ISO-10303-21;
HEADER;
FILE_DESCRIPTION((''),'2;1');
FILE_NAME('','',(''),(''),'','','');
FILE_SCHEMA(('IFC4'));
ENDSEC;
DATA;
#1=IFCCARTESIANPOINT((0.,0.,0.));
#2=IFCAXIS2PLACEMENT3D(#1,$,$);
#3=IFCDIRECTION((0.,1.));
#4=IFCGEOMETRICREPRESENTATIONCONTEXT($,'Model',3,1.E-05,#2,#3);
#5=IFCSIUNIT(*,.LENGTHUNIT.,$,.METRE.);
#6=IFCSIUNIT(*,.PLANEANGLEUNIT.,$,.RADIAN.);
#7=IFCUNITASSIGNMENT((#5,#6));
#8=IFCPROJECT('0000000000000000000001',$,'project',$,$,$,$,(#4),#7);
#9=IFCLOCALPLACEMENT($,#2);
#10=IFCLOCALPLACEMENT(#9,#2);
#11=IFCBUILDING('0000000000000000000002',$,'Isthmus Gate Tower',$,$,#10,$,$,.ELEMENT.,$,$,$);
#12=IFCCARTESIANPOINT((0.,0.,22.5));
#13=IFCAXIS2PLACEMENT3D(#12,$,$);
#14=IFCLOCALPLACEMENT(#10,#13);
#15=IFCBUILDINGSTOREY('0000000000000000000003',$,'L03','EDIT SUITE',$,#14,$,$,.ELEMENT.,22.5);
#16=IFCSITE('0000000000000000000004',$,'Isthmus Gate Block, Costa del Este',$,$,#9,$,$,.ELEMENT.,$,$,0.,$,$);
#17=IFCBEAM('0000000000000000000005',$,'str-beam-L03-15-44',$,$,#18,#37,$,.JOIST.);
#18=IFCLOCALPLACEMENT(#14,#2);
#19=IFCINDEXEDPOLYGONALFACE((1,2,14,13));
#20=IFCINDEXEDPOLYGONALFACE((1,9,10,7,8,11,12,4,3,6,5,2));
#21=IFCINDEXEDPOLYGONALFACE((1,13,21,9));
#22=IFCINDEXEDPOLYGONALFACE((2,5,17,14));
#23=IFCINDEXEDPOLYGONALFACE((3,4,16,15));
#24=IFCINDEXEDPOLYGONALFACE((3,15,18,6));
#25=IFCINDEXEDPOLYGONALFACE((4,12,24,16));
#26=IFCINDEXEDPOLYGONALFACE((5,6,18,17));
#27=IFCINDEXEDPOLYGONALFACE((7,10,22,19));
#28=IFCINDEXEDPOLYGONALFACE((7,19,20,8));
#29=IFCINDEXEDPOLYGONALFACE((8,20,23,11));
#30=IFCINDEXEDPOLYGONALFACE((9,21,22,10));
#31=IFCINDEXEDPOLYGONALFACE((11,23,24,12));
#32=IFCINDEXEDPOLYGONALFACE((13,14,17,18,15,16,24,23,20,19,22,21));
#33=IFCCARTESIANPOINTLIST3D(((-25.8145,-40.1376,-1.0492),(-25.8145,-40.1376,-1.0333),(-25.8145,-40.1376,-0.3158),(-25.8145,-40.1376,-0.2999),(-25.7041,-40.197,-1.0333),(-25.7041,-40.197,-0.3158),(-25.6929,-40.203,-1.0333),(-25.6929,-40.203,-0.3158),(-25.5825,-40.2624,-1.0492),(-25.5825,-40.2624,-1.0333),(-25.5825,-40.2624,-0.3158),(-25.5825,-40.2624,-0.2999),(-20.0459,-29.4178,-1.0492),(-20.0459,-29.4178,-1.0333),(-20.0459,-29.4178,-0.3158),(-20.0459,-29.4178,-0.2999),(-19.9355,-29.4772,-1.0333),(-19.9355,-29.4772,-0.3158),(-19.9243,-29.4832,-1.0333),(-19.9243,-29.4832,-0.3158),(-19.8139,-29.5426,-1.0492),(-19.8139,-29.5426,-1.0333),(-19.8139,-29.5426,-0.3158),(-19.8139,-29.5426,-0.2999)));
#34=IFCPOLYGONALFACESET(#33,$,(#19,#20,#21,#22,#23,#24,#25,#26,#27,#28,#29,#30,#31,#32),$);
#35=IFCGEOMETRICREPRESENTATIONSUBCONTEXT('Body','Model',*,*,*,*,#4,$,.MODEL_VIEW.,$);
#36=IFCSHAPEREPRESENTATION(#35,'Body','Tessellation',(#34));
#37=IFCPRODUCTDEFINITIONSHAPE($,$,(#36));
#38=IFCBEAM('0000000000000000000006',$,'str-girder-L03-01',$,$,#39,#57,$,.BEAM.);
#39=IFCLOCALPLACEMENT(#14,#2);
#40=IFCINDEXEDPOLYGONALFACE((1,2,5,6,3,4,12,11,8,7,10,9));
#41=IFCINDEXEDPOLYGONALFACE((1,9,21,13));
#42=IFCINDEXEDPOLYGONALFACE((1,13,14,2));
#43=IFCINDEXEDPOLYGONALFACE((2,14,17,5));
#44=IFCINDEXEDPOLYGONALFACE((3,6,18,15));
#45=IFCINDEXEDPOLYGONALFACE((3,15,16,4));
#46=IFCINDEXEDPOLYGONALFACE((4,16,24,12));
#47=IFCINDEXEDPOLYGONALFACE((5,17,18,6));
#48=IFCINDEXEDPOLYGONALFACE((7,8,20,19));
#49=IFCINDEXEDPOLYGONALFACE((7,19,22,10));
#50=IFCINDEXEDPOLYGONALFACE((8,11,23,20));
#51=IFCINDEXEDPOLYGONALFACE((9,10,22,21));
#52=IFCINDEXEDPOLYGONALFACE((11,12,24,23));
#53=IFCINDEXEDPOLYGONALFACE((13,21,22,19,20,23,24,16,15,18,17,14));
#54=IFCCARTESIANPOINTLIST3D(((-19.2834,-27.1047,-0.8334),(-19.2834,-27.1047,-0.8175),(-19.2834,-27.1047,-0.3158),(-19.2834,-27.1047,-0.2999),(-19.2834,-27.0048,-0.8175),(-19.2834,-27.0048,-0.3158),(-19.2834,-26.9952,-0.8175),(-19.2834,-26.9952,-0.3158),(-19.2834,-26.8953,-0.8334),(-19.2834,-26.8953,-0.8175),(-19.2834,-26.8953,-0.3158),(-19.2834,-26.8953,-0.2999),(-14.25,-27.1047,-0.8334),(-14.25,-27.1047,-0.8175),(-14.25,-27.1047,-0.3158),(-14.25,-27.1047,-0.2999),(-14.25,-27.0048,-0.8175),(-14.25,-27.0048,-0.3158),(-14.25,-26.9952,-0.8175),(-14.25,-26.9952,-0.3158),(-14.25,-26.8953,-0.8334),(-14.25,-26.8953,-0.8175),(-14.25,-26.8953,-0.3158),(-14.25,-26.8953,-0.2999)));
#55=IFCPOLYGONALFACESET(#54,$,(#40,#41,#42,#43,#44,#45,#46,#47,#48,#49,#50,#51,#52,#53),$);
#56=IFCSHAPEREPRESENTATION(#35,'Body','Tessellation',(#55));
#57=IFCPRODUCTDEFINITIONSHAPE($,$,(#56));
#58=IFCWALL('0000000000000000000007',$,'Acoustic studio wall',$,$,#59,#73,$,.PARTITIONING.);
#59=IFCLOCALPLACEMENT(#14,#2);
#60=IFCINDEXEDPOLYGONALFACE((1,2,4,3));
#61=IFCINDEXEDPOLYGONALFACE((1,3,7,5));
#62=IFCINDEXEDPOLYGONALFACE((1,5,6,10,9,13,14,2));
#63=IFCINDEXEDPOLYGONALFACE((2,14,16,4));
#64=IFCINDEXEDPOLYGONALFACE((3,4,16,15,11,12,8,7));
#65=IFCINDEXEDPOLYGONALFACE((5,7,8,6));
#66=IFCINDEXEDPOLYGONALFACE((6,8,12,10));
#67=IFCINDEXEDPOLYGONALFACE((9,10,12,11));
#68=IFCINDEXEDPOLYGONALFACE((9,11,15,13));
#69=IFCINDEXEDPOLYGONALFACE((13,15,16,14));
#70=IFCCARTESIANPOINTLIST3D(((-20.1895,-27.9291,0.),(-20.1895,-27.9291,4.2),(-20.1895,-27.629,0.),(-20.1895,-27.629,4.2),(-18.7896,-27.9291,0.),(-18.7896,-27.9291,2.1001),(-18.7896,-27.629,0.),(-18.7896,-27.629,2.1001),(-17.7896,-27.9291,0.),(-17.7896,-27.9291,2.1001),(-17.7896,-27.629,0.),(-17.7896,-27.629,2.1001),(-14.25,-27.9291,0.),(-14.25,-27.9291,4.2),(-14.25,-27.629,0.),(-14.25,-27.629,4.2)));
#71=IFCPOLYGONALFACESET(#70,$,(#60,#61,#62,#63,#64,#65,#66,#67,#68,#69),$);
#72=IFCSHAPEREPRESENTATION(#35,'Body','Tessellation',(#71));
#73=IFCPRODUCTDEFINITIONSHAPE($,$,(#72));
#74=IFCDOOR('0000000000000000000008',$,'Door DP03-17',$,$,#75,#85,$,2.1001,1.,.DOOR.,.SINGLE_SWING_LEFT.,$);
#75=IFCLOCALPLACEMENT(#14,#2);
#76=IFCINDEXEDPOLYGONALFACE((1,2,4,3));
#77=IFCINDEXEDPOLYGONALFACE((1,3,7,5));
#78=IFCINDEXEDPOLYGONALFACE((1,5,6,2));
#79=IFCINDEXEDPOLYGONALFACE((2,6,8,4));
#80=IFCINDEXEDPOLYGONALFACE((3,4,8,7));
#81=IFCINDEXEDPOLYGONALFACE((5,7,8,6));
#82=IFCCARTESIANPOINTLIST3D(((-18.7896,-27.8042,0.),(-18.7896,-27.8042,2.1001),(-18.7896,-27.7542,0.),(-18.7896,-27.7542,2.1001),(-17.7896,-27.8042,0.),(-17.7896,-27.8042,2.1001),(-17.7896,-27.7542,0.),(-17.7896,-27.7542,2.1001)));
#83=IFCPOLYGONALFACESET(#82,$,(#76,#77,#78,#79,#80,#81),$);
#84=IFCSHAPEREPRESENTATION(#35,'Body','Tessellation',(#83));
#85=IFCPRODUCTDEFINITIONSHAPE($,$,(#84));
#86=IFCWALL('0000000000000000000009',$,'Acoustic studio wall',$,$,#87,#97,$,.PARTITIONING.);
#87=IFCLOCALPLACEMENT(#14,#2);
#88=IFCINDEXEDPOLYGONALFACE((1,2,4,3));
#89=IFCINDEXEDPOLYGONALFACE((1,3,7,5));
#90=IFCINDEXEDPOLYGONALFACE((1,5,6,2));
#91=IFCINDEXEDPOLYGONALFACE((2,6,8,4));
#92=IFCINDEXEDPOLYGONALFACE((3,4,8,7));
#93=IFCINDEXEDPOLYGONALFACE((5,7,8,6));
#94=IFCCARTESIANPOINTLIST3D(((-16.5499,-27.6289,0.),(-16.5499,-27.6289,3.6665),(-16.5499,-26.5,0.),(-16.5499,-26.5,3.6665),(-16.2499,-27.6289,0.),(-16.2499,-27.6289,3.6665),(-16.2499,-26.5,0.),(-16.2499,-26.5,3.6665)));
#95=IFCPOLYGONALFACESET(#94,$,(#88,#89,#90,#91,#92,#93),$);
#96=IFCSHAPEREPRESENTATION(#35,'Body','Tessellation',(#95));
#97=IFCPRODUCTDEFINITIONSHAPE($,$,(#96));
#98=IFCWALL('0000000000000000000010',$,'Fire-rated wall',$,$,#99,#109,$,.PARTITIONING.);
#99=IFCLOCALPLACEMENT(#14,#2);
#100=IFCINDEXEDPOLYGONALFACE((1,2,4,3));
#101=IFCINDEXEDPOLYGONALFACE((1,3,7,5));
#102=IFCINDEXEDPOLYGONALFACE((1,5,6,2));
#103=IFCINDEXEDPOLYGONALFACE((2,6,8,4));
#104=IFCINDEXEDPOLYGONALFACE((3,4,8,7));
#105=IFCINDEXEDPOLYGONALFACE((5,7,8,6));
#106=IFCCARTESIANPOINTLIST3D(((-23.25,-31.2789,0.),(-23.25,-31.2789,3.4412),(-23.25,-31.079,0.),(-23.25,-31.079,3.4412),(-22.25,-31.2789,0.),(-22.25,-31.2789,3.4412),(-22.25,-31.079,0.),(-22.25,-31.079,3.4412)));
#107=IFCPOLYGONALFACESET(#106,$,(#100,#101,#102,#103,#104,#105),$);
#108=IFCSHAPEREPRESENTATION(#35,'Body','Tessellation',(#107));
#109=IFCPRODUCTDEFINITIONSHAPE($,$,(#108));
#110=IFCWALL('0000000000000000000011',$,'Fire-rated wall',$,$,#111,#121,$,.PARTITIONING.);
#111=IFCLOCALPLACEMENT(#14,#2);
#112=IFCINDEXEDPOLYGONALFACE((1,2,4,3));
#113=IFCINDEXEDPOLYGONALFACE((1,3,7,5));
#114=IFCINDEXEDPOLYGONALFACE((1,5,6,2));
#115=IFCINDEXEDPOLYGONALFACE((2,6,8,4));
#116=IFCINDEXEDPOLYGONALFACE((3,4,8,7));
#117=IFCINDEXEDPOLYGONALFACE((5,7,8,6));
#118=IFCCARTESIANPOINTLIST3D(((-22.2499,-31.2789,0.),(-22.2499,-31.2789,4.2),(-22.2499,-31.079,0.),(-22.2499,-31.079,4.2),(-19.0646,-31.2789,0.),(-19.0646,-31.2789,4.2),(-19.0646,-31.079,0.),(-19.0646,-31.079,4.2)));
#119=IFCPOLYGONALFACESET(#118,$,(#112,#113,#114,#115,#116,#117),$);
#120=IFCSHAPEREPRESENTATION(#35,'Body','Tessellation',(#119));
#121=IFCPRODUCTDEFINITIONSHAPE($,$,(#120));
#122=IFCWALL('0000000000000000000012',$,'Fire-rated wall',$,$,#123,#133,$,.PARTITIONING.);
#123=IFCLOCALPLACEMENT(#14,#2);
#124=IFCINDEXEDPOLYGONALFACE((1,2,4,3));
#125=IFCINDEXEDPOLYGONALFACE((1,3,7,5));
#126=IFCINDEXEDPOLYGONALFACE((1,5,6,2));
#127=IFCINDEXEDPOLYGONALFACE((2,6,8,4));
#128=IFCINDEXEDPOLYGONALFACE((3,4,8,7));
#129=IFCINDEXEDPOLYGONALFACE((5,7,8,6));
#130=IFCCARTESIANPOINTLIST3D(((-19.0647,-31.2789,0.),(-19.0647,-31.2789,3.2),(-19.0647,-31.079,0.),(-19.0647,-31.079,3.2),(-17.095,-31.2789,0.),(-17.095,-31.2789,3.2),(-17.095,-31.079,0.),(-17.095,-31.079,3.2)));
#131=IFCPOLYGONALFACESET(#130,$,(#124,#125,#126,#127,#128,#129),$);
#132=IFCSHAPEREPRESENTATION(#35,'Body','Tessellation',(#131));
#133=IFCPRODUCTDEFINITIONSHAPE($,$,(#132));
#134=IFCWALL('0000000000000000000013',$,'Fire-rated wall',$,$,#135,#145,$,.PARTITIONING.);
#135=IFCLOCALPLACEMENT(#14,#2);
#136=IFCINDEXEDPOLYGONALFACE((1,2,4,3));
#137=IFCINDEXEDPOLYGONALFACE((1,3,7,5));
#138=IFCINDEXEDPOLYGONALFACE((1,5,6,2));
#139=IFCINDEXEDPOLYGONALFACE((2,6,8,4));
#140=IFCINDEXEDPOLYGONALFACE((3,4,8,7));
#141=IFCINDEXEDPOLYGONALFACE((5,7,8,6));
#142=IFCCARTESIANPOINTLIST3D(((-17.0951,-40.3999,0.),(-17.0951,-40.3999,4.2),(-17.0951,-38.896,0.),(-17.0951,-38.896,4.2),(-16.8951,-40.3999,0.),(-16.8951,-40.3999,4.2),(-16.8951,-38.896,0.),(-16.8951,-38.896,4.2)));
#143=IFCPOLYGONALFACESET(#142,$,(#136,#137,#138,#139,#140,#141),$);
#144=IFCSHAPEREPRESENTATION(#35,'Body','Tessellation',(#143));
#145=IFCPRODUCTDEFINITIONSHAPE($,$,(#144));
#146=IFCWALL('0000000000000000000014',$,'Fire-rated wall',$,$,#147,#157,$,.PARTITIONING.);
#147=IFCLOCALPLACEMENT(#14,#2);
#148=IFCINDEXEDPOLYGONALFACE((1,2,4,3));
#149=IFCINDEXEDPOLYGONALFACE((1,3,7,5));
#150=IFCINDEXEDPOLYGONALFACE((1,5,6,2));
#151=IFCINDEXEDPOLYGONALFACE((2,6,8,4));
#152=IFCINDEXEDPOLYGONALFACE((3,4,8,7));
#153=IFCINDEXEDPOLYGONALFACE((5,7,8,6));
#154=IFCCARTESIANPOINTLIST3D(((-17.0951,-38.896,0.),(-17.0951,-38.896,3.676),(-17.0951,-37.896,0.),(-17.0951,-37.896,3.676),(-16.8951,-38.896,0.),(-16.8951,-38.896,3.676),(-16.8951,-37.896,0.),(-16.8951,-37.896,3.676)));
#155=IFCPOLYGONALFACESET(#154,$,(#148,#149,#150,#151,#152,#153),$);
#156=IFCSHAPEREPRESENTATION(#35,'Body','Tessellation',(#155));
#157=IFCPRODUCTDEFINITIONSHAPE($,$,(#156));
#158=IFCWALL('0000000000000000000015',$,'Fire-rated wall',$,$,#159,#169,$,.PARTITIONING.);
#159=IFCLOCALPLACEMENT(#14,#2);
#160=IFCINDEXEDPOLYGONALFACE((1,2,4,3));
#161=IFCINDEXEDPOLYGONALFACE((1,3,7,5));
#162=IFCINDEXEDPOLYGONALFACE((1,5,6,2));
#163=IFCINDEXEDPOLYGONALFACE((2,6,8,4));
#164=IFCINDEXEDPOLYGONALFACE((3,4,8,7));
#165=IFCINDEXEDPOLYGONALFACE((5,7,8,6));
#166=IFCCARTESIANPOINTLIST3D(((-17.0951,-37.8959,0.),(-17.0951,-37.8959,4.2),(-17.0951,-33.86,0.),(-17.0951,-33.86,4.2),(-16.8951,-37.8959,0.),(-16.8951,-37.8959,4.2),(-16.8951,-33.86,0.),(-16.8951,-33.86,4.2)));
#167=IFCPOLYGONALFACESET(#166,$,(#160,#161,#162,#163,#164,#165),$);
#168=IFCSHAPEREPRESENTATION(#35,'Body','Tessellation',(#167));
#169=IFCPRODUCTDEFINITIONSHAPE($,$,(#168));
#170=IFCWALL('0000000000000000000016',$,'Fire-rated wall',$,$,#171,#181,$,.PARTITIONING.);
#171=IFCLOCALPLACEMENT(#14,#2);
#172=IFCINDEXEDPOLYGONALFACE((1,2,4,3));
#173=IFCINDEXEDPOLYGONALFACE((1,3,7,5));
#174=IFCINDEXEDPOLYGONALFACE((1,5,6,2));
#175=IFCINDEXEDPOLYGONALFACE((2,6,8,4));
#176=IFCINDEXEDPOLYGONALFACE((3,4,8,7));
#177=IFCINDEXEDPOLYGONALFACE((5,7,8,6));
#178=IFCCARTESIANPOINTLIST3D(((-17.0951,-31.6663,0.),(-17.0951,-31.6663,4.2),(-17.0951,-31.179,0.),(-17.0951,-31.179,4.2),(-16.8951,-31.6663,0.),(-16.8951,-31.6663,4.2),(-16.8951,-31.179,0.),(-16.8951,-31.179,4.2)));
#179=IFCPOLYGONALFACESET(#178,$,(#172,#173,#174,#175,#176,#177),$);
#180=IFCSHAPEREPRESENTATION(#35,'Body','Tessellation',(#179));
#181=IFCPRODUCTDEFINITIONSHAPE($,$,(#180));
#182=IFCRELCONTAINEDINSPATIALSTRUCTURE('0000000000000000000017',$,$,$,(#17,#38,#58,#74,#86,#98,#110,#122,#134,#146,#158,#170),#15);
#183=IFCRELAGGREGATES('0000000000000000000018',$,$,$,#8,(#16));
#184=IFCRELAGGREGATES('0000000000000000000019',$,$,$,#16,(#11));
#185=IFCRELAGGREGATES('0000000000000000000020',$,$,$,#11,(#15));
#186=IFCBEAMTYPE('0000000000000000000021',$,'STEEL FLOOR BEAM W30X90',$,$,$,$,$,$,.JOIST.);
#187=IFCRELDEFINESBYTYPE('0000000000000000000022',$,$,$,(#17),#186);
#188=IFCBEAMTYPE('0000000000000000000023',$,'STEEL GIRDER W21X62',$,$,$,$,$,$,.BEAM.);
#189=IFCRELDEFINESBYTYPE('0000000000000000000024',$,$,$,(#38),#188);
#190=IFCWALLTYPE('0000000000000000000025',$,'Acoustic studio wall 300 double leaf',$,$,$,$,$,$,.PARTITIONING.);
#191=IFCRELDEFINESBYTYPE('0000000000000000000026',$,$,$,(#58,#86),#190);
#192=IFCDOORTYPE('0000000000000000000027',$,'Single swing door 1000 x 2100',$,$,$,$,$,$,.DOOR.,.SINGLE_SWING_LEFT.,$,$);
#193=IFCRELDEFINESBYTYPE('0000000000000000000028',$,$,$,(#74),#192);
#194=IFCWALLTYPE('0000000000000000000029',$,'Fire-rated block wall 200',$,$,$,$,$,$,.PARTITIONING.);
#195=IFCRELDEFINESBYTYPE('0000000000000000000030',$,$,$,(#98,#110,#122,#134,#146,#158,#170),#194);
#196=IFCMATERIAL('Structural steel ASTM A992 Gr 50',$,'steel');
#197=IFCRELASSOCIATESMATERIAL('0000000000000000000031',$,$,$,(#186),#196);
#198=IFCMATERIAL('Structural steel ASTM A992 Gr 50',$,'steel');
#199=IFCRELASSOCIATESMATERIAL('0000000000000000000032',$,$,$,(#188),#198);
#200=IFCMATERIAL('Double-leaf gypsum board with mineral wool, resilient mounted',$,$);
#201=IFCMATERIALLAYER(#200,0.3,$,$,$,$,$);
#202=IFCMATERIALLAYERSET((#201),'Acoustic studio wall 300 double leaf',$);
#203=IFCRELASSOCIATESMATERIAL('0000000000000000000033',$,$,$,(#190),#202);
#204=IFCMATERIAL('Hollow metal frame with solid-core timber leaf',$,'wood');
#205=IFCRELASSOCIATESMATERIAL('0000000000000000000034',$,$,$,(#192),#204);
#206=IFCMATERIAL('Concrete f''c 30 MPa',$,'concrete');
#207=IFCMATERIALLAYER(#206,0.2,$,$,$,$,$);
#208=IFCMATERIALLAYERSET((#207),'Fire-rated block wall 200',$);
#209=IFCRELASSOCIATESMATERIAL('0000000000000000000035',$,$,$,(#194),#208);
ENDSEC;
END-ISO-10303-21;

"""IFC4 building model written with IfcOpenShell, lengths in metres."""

from ifc_helpers import new_model, si_unit, direction, frame, frame_2d, origin, origin_2d, place, context, subcontext, project, spatial, rectangle, i_section, extrude, material, layer, layer_set, material_profile, profile_set, type_object, element, fill, save


model = new_model("IFC4")

# Units and contexts
model_context = context("Model", 3, precision=1e-05, world=origin(), true_north=direction((0.0, 1.0)))
body_context = subcontext(model_context, "Body", "Model", "MODEL_VIEW")
ifc_project = project(units=[si_unit("LENGTHUNIT", "METRE"), si_unit("PLANEANGLEUNIT", "RADIAN")], contexts=[model_context])

# Site, building, storey
site_placement = place(None, origin())
site = spatial("IfcSite", under=ifc_project, at=site_placement, Name="Isthmus Gate Block, Costa del Este", CompositionType="ELEMENT", RefElevation=0.0)
building_placement = place(site_placement, origin())
building = spatial("IfcBuilding", under=site, at=building_placement, Name="Isthmus Gate Tower", CompositionType="ELEMENT")
storey_placement = place(building_placement, frame((0.0, 0.0, 22.5)))
storey = spatial("IfcBuildingStorey", under=building, at=storey_placement, Name="L03", Description="EDIT SUITE", CompositionType="ELEMENT", Elevation=22.5)

# Beams
ifc_material_1 = material(Name="Structural steel ASTM A992 Gr 50", Category="steel")
ifc_material_profile_1 = material_profile(ifc_material_1, i_section(OverallWidth=0.2634, OverallDepth=0.7493, WebThickness=0.0127, FlangeThickness=0.0159, at=origin_2d()), Name="W30X90")
ifc_profile_set_1 = profile_set([ifc_material_profile_1], Name="Structural steel ASTM A992 Gr 50")
beam_type_1 = type_object("IfcBeamType", Name="STEEL FLOOR BEAM W30X90", PredefinedType="JOIST", material=ifc_profile_set_1)
beam_1_placement = place(storey_placement, frame((-19.9299, -29.4802, -0.6746), z_axis=(-0.47387, -0.880595, 0.0), x_axis=(0.880595, -0.47387, 0.0)))
element("IfcBeam", 1, at=beam_1_placement, inside=storey, type_object=beam_type_1, Name="str-beam-L03-15-44", PredefinedType="JOIST", context=body_context, shape_type="SweptSolid", body=[
    extrude(i_section(OverallWidth=0.2634, OverallDepth=0.7493, WebThickness=0.0127, FlangeThickness=0.0159, at=origin_2d()), origin(), (0.0, 0.0, 1.0), 12.1733),
])
ifc_material_2 = material(Name="Structural steel ASTM A992 Gr 50", Category="steel")
ifc_material_profile_2 = material_profile(ifc_material_2, i_section(OverallWidth=0.2095, OverallDepth=0.5334, WebThickness=0.0095, FlangeThickness=0.0159, at=origin_2d()), Name="W21X62")
ifc_profile_set_2 = profile_set([ifc_material_profile_2], Name="Structural steel ASTM A992 Gr 50")
beam_type_2 = type_object("IfcBeamType", Name="STEEL GIRDER W21X62", PredefinedType="BEAM", material=ifc_profile_set_2)
beam_2_placement = place(storey_placement, frame((-19.2834, -27.0, -0.5667), z_axis=(1.0, 0.0, 0.0), x_axis=(0.0, 1.0, 0.0)))
element("IfcBeam", 2, at=beam_2_placement, inside=storey, type_object=beam_type_2, Name="str-girder-L03-01", PredefinedType="BEAM", context=body_context, shape_type="SweptSolid", body=[
    extrude(i_section(OverallWidth=0.2095, OverallDepth=0.5334, WebThickness=0.0095, FlangeThickness=0.0159, at=origin_2d()), origin(), (0.0, 0.0, 1.0), 5.0334),
])

# Wall, opening, door
ifc_material_3 = material(Name="Double-leaf gypsum board with mineral wool, resilient mounted")
ifc_layer_1 = layer(ifc_material_3, 0.3)
ifc_layer_set_1 = layer_set([ifc_layer_1], Name="Acoustic studio wall 300 double leaf")
wall_type_1 = type_object("IfcWallType", Name="Acoustic studio wall 300 double leaf", PredefinedType="PARTITIONING", material=ifc_layer_set_1)
wall_1_placement = place(storey_placement, frame((-20.1895, -27.7791, 0.0), z_axis=(0.0, 0.0, 1.0), x_axis=(1.0, 0.0, 0.0)))
wall_1 = element("IfcWall", 3, at=wall_1_placement, inside=storey, type_object=wall_type_1, Name="Acoustic studio wall", PredefinedType="PARTITIONING", context=body_context, shape_type="SweptSolid", body=[
    extrude(rectangle(XDim=5.9395, YDim=0.3, at=frame_2d((2.9697, 0.0))), origin(), (0.0, 0.0, 1.0), 4.2),
])
opening_1_placement = place(wall_1_placement, frame((1.3999, 0.0, 0.0)))
opening_1 = element("IfcOpeningElement", 4, at=opening_1_placement, cuts=wall_1, PredefinedType="OPENING", context=body_context, shape_type="SweptSolid", body=[
    extrude(rectangle(XDim=1.0, YDim=2.1001, at=frame_2d((0.5, 1.05))), frame((0.0, 0.1599, 0.0), z_axis=(0.0, -1.0, 0.0), x_axis=(1.0, 0.0, 0.0)), (0.0, 0.0, 1.0), 0.3201),
])
ifc_material_4 = material(Name="Hollow metal frame with solid-core timber leaf", Category="wood")
door_type = type_object("IfcDoorType", Name="Single swing door 1000 x 2100", OperationType="SINGLE_SWING_LEFT", PredefinedType="DOOR", material=ifc_material_4)
door_1_placement = place(opening_1_placement, origin())
door_1 = element("IfcDoor", 5, at=door_1_placement, inside=storey, type_object=door_type, Name="Door DP03-17", OperationType="SINGLE_SWING_LEFT", OverallHeight=2.1001, OverallWidth=1.0, PredefinedType="DOOR", context=body_context, shape_type="SweptSolid", body=[
    extrude(rectangle(XDim=1.0, YDim=2.1001, at=frame_2d((0.5, 1.05))), frame((0.0, 0.0249, 0.0), z_axis=(0.0, -1.0, 0.0), x_axis=(1.0, 0.0, 0.0)), (0.0, 0.0, 1.0), 0.05),
])
fill(opening_1, door_1)

# Walls
wall_2_placement = place(storey_placement, frame((-16.3999, -27.6289, 0.0), z_axis=(0.0, 0.0, 1.0), x_axis=(0.0, 1.0, 0.0)))
element("IfcWall", 6, at=wall_2_placement, inside=storey, type_object=wall_type_1, Name="Acoustic studio wall", PredefinedType="PARTITIONING", context=body_context, shape_type="SweptSolid", body=[
    extrude(rectangle(XDim=1.1289, YDim=0.3, at=frame_2d((0.5645, 0.0))), origin(), (0.0, 0.0, 1.0), 3.6665),
])
ifc_material_5 = material(Name="Concrete f'c 30 MPa", Category="concrete")
ifc_layer_2 = layer(ifc_material_5, 0.2)
ifc_layer_set_2 = layer_set([ifc_layer_2], Name="Fire-rated block wall 200")
wall_type_2 = type_object("IfcWallType", Name="Fire-rated block wall 200", PredefinedType="PARTITIONING", material=ifc_layer_set_2)
wall_3_placement = place(storey_placement, frame((-23.25, -31.179, 0.0), z_axis=(0.0, 0.0, 1.0), x_axis=(1.0, 0.0, 0.0)))
element("IfcWall", 7, at=wall_3_placement, inside=storey, type_object=wall_type_2, Name="Fire-rated wall", PredefinedType="PARTITIONING", context=body_context, shape_type="SweptSolid", body=[
    extrude(rectangle(XDim=1.0, YDim=0.2, at=frame_2d((0.5, 0.0))), origin(), (0.0, 0.0, 1.0), 3.4412),
])
wall_4_placement = place(storey_placement, frame((-22.25, -31.179, 0.0), z_axis=(0.0, 0.0, 1.0), x_axis=(1.0, 0.0, 0.0)))
element("IfcWall", 8, at=wall_4_placement, inside=storey, type_object=wall_type_2, Name="Fire-rated wall", PredefinedType="PARTITIONING", context=body_context, shape_type="SweptSolid", body=[
    extrude(rectangle(XDim=3.1853, YDim=0.2, at=frame_2d((1.5928, 0.0))), origin(), (0.0, 0.0, 1.0), 4.2),
])
wall_5_placement = place(storey_placement, frame((-19.0647, -31.179, 0.0), z_axis=(0.0, 0.0, 1.0), x_axis=(1.0, 0.0, 0.0)))
element("IfcWall", 9, at=wall_5_placement, inside=storey, type_object=wall_type_2, Name="Fire-rated wall", PredefinedType="PARTITIONING", context=body_context, shape_type="SweptSolid", body=[
    extrude(rectangle(XDim=1.9697, YDim=0.2, at=frame_2d((0.9849, 0.0))), origin(), (0.0, 0.0, 1.0), 3.2),
])
wall_6_placement = place(storey_placement, frame((-16.9951, -40.3999, 0.0), z_axis=(0.0, 0.0, 1.0), x_axis=(0.0, 1.0, 0.0)))
element("IfcWall", 10, at=wall_6_placement, inside=storey, type_object=wall_type_2, Name="Fire-rated wall", PredefinedType="PARTITIONING", context=body_context, shape_type="SweptSolid", body=[
    extrude(rectangle(XDim=1.5039, YDim=0.2, at=frame_2d((0.752, 0.0))), origin(), (0.0, 0.0, 1.0), 4.2),
])
wall_7_placement = place(storey_placement, frame((-16.9951, -38.896, 0.0), z_axis=(0.0, 0.0, 1.0), x_axis=(0.0, 1.0, 0.0)))
element("IfcWall", 11, at=wall_7_placement, inside=storey, type_object=wall_type_2, Name="Fire-rated wall", PredefinedType="PARTITIONING", context=body_context, shape_type="SweptSolid", body=[
    extrude(rectangle(XDim=1.0, YDim=0.2, at=frame_2d((0.5, 0.0))), origin(), (0.0, 0.0, 1.0), 3.676),
])
wall_8_placement = place(storey_placement, frame((-16.9951, -37.896, 0.0), z_axis=(0.0, 0.0, 1.0), x_axis=(0.0, 1.0, 0.0)))
element("IfcWall", 12, at=wall_8_placement, inside=storey, type_object=wall_type_2, Name="Fire-rated wall", PredefinedType="PARTITIONING", context=body_context, shape_type="SweptSolid", body=[
    extrude(rectangle(XDim=4.0359, YDim=0.2, at=frame_2d((2.0181, 0.0))), origin(), (0.0, 0.0, 1.0), 4.2),
])
wall_9_placement = place(storey_placement, frame((-16.9951, -31.6663, 0.0), z_axis=(0.0, 0.0, 1.0), x_axis=(0.0, 1.0, 0.0)))
element("IfcWall", 13, at=wall_9_placement, inside=storey, type_object=wall_type_2, Name="Fire-rated wall", PredefinedType="PARTITIONING", context=body_context, shape_type="SweptSolid", body=[
    extrude(rectangle(XDim=0.4873, YDim=0.2, at=frame_2d((0.2437, 0.0))), origin(), (0.0, 0.0, 1.0), 4.2),
])

save(model, "model.ifc")
